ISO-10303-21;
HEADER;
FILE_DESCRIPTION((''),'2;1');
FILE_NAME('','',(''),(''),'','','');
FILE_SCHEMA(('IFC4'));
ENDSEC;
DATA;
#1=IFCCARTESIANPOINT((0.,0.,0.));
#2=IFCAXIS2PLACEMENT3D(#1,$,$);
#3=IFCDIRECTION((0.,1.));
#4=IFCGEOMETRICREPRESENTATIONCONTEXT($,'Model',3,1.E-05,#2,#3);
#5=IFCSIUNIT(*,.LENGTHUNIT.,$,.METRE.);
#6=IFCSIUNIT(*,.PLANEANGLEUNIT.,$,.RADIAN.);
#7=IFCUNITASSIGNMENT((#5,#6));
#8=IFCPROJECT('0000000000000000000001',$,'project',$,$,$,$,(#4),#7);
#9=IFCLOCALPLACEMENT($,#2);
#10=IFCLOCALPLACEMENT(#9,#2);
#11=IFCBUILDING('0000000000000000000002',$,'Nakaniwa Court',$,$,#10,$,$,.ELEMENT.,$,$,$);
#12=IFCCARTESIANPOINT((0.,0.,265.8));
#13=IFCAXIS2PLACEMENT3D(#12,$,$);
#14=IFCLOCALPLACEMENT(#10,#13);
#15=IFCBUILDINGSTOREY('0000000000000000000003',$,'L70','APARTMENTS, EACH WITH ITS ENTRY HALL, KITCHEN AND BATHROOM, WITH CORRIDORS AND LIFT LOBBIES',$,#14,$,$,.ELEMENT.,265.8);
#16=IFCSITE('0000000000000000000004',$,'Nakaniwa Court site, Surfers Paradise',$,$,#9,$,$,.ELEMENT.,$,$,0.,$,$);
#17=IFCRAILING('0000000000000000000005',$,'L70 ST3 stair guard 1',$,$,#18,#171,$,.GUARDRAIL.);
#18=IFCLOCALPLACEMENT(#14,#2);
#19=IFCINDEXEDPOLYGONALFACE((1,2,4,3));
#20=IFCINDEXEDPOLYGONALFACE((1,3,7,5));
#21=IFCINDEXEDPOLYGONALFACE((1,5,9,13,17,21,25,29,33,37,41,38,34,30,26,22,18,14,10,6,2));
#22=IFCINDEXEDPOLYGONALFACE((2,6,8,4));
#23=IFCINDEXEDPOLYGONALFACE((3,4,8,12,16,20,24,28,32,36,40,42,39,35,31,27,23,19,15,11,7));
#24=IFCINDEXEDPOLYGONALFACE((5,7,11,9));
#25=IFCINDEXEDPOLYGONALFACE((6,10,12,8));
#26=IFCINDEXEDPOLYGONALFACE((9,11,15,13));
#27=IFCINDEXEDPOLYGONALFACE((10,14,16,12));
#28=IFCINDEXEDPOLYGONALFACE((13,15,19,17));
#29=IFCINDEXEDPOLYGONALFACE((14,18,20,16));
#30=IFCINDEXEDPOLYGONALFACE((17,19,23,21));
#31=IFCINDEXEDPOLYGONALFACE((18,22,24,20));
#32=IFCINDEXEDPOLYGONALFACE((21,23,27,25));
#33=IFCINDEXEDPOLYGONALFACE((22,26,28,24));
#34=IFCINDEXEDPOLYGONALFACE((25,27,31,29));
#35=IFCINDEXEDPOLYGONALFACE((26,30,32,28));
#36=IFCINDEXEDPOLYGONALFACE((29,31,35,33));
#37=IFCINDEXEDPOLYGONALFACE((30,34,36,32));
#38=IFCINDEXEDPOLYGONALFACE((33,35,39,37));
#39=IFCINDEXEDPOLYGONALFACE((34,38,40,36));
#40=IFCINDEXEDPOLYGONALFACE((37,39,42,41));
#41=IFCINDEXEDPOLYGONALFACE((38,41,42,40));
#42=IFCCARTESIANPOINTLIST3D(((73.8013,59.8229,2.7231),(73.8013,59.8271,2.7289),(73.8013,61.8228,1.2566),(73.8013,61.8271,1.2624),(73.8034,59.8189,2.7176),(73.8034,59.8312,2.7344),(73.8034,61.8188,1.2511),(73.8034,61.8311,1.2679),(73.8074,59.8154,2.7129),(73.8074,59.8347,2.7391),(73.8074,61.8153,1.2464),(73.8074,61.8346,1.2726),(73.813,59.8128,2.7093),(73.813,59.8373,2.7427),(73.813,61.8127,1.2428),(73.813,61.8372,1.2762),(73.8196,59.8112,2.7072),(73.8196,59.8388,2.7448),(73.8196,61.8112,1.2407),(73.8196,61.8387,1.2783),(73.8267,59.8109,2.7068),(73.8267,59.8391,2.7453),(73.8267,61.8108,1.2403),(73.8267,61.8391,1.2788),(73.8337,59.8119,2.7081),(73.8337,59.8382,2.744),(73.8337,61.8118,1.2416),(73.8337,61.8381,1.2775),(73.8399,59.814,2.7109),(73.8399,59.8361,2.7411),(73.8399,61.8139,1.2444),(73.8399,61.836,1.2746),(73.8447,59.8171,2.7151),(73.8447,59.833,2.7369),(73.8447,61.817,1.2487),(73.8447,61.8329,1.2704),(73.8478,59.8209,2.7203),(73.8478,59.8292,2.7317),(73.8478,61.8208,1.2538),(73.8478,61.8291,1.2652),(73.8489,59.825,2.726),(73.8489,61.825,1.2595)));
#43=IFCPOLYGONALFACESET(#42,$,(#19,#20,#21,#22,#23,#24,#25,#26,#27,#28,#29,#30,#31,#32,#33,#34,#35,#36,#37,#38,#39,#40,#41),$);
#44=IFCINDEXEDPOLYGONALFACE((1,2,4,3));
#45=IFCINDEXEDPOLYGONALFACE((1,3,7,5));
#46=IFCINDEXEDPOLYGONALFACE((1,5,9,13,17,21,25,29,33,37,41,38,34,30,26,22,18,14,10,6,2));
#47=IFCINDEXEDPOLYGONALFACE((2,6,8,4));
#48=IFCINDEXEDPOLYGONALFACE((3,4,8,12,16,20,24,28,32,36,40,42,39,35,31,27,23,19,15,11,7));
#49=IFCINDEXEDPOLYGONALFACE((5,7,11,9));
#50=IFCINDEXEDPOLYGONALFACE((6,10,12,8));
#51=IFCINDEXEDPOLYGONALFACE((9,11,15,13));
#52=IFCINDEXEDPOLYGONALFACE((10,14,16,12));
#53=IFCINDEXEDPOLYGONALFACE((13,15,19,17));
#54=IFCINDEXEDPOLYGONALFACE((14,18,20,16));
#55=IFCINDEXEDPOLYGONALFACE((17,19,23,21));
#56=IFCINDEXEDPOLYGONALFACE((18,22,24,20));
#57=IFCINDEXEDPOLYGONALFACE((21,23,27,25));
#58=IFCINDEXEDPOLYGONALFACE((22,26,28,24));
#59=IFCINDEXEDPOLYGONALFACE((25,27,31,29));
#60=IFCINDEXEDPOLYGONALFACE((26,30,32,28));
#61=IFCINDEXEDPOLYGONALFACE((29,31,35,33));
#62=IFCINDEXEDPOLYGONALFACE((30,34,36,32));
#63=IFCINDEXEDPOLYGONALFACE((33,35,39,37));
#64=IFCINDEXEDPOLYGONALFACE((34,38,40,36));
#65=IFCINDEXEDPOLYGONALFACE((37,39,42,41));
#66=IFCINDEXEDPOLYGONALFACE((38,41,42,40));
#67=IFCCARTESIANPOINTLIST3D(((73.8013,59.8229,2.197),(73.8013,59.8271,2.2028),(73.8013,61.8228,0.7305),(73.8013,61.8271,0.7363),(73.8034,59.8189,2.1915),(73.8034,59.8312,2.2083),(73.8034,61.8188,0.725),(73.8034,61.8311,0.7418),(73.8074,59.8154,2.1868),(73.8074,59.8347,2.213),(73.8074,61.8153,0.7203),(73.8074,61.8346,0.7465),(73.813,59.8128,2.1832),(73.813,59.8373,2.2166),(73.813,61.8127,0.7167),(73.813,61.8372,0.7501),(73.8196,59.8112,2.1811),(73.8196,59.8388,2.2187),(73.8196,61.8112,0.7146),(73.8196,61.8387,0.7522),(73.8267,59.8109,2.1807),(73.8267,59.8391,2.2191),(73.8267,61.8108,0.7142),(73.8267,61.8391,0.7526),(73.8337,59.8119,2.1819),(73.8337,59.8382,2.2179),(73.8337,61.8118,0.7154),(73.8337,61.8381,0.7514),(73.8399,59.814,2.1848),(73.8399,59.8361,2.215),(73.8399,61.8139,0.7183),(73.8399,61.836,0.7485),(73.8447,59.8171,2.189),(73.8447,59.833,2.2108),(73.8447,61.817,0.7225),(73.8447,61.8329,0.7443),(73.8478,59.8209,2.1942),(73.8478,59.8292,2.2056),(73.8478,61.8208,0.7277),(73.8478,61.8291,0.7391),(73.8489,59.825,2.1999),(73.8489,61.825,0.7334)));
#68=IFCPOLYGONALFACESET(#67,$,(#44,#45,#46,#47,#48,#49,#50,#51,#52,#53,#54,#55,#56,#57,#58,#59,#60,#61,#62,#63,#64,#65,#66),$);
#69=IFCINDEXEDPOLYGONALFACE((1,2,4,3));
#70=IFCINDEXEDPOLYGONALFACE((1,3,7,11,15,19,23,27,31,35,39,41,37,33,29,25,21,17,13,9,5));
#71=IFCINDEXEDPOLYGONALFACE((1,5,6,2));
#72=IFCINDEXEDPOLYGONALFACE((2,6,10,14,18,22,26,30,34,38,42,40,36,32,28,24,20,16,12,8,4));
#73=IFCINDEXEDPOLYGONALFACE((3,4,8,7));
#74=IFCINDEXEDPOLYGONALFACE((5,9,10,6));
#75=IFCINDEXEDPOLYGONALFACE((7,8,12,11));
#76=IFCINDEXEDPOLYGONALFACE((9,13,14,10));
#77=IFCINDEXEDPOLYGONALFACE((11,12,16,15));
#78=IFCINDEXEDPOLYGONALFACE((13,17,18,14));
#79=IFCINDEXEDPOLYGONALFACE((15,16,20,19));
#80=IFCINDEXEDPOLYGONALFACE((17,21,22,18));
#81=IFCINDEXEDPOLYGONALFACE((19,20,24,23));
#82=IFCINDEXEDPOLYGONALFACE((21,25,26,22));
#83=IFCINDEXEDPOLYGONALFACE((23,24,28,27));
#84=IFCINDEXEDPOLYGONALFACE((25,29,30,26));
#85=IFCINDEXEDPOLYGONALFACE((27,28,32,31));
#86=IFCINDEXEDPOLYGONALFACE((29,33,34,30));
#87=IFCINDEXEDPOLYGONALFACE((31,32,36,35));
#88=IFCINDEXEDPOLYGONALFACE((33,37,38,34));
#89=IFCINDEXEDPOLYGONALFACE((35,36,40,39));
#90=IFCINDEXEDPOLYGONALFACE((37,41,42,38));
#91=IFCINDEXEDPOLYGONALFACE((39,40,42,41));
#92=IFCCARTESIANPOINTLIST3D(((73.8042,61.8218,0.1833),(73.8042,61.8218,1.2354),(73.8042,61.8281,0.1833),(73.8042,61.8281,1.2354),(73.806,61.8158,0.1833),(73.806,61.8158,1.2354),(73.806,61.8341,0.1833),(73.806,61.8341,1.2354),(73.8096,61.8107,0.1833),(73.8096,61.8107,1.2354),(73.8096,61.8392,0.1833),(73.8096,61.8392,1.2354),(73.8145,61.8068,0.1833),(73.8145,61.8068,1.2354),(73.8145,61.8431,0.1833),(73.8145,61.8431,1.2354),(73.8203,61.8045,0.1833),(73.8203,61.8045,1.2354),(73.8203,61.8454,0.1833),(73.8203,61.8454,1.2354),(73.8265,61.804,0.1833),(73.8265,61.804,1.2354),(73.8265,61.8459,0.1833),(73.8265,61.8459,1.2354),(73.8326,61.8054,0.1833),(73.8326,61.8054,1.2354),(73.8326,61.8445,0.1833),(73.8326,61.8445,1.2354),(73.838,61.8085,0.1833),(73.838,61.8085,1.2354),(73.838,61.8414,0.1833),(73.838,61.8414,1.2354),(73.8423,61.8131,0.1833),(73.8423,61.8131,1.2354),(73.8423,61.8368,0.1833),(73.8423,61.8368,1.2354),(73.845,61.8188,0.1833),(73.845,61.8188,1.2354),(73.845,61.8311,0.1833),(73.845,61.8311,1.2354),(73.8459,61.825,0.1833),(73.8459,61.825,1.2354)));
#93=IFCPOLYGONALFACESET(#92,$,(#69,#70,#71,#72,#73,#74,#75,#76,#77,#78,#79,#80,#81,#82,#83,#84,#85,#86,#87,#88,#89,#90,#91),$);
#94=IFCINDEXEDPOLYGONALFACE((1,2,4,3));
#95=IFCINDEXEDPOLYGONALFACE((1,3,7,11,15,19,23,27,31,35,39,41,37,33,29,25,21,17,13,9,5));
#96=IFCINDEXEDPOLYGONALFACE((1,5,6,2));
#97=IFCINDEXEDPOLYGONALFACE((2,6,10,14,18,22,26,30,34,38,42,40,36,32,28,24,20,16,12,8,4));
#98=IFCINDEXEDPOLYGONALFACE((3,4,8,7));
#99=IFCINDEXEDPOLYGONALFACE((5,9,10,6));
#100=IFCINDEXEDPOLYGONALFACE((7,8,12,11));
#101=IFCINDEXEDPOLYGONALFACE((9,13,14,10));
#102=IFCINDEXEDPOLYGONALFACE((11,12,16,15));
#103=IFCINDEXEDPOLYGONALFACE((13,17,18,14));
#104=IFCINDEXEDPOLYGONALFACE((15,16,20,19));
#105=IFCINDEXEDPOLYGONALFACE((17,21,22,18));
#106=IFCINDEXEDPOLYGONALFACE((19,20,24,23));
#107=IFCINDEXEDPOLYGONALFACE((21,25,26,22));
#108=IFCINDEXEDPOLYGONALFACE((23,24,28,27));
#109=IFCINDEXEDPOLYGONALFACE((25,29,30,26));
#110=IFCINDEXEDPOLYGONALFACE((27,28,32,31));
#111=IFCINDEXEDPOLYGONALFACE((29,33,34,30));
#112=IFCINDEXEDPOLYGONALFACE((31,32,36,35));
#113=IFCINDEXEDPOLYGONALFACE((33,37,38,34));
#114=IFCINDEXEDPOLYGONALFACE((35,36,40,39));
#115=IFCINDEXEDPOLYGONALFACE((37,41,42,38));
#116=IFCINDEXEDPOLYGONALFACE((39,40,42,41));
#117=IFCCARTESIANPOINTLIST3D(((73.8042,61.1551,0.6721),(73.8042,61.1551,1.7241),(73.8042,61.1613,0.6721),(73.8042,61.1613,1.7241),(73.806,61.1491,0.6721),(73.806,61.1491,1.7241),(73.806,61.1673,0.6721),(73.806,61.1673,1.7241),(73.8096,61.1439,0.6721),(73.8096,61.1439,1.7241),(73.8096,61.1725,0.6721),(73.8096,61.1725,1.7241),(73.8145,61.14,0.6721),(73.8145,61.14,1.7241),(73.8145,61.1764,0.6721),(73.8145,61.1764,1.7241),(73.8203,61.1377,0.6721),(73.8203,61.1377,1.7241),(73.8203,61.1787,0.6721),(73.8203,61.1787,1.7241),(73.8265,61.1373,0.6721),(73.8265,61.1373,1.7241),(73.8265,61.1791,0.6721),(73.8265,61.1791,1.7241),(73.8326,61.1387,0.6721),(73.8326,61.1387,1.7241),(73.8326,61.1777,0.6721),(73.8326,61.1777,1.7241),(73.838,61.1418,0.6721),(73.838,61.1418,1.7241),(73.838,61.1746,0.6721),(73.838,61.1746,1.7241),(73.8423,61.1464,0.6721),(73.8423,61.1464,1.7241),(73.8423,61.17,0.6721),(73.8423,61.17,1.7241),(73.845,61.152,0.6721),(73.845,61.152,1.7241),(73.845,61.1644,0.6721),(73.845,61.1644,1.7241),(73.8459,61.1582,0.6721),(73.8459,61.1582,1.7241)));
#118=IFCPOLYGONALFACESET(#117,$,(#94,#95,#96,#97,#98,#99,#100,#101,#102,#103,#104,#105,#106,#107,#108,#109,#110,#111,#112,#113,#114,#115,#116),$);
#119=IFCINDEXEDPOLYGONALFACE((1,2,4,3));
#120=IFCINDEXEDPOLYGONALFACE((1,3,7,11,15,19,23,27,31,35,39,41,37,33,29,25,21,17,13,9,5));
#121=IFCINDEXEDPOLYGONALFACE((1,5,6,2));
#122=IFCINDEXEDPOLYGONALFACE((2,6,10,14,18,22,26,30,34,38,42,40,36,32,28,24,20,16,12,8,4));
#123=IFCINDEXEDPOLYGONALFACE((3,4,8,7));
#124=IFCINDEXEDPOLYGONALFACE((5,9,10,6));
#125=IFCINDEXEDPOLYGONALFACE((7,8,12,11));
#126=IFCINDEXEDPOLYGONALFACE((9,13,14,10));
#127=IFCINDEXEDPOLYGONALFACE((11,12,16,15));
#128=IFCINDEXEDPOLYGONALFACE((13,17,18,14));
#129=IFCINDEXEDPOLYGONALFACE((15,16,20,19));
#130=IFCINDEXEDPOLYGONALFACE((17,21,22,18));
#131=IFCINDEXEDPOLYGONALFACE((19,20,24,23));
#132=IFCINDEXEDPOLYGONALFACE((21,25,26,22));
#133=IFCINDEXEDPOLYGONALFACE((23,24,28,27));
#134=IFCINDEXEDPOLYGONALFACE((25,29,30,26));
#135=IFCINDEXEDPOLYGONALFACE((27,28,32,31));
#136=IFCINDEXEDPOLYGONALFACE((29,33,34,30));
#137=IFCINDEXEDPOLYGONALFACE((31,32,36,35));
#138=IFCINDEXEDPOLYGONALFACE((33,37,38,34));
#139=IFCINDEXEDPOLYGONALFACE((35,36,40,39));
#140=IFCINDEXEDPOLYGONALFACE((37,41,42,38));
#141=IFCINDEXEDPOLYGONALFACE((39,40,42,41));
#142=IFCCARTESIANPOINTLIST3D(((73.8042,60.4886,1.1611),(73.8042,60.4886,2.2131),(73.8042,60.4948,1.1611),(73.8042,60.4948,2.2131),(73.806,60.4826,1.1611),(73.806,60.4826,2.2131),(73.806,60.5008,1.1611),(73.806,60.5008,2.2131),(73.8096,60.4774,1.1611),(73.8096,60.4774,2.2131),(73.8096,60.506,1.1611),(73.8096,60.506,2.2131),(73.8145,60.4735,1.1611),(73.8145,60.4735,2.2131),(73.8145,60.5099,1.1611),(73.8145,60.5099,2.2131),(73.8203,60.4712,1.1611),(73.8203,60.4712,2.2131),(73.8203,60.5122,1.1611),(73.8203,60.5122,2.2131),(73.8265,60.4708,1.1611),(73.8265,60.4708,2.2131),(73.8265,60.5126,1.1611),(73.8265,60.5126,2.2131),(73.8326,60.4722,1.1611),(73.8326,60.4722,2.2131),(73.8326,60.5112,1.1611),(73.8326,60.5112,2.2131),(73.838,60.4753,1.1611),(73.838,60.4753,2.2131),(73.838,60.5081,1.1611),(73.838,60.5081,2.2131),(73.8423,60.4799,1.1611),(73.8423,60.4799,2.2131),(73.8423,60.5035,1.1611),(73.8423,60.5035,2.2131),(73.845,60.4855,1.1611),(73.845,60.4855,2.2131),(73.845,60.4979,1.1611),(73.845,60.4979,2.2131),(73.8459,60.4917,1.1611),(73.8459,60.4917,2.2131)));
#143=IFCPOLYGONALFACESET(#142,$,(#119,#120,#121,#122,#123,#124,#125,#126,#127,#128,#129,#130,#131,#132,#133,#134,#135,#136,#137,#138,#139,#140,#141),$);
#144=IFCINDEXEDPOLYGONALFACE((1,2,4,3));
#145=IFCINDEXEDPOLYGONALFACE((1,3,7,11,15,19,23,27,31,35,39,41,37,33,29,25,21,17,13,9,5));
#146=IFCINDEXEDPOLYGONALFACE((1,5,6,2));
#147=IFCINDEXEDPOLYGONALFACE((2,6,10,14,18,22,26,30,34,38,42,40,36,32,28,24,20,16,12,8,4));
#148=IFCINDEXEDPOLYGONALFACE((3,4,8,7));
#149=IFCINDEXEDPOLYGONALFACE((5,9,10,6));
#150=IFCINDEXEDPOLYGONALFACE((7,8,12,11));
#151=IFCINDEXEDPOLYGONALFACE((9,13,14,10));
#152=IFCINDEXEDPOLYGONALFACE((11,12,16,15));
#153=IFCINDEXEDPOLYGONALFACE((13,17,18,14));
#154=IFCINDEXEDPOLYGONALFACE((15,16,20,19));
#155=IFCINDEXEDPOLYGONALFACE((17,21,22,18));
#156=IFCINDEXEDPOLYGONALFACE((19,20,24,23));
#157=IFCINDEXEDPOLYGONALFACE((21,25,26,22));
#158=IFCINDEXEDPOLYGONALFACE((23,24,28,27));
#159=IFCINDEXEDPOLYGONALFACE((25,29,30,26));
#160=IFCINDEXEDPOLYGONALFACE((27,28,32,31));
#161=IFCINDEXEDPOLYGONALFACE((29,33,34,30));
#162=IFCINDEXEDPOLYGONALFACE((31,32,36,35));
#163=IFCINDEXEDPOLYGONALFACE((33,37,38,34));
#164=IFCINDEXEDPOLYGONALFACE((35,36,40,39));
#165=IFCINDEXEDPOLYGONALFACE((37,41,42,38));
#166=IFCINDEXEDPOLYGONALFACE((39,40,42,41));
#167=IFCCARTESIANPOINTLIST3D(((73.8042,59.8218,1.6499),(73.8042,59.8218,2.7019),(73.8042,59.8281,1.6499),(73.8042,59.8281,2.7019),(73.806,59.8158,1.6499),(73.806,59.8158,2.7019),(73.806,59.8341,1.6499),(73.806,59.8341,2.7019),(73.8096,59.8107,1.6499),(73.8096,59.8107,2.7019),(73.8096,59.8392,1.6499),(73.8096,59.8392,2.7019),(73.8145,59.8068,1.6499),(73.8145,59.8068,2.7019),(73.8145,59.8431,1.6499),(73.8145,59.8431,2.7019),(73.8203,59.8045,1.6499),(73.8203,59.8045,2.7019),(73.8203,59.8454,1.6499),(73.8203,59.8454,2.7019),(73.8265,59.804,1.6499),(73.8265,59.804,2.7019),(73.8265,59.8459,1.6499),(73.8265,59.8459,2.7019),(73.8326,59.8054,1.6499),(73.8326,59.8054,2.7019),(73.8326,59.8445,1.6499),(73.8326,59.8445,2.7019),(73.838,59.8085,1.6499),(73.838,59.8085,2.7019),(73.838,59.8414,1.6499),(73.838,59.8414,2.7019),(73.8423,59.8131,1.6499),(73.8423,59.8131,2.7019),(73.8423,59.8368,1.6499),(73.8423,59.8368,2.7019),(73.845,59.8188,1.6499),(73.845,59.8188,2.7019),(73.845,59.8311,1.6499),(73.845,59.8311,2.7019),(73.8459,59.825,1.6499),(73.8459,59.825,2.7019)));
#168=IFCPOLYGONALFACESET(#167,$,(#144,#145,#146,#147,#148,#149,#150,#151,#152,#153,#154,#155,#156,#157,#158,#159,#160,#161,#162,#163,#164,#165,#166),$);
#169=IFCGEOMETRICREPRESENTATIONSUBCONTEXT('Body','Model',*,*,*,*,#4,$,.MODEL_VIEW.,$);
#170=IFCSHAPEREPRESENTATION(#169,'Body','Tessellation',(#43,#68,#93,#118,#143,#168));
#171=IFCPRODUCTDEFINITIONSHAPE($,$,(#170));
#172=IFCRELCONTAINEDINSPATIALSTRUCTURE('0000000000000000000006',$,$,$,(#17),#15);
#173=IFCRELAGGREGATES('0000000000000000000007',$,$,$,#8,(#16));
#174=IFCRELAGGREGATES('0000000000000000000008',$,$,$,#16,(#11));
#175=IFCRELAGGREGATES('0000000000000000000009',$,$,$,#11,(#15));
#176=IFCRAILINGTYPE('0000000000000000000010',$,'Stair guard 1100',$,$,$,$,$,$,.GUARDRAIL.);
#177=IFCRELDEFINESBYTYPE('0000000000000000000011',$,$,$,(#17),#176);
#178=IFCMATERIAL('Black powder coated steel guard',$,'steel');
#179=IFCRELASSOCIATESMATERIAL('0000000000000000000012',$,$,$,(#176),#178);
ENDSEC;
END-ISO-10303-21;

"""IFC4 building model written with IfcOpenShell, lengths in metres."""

from ifc_helpers import new_model, si_unit, direction, frame, origin, origin_2d, place, context, subcontext, project, spatial, circle, extrude, material, type_object, element, save


model = new_model("IFC4")

# Units and contexts
model_context = context("Model", 3, precision=1e-05, world=origin(), true_north=direction((0.0, 1.0)))
body_context = subcontext(model_context, "Body", "Model", "MODEL_VIEW")
ifc_project = project(units=[si_unit("LENGTHUNIT", "METRE"), si_unit("PLANEANGLEUNIT", "RADIAN")], contexts=[model_context])

# Site, building, storey
site_placement = place(None, origin())
site = spatial("IfcSite", under=ifc_project, at=site_placement, Name="Nakaniwa Court site, Surfers Paradise", CompositionType="ELEMENT", RefElevation=0.0)
building_placement = place(site_placement, origin())
building = spatial("IfcBuilding", under=site, at=building_placement, Name="Nakaniwa Court", CompositionType="ELEMENT")
storey_placement = place(building_placement, frame((0.0, 0.0, 265.8)))
storey = spatial("IfcBuildingStorey", under=building, at=storey_placement, Name="L70", Description="APARTMENTS, EACH WITH ITS ENTRY HALL, KITCHEN AND BATHROOM, WITH CORRIDORS AND LIFT LOBBIES", CompositionType="ELEMENT", Elevation=265.8)

# Railing
ifc_material_1 = material(Name="Black powder coated steel guard", Category="steel")
railing_type_1 = type_object("IfcRailingType", Name="Stair guard 1100", PredefinedType="GUARDRAIL", material=ifc_material_1)
railing_1_placement = place(storey_placement, frame((73.825, 61.825, 0.1833)))
element("IfcRailing", 1, at=railing_1_placement, inside=storey, type_object=railing_type_1, Name="L70 ST3 stair guard 1", PredefinedType="GUARDRAIL", context=body_context, shape_type="SweptSolid", body=[
    extrude(circle(Radius=0.0239, at=origin_2d()), frame((0.0, 0.0, 1.0762), z_axis=(0.0, -0.806427, 0.591334), x_axis=(1.0, 0.0, 0.0)), (0.0, 0.0, 1.0), 2.48),
    extrude(circle(Radius=0.0239, at=origin_2d()), frame((0.0, 0.0, 0.55), z_axis=(0.0, -0.806427, 0.591334), x_axis=(1.0, 0.0, 0.0)), (0.0, 0.0, 1.0), 2.48),
    extrude(circle(Radius=0.021, at=origin_2d()), origin(), (0.0, 0.0, 1.0), 1.052),
    extrude(circle(Radius=0.021, at=origin_2d()), frame((0.0, -0.6667, 0.4888)), (0.0, 0.0, 1.0), 1.052),
    extrude(circle(Radius=0.021, at=origin_2d()), frame((0.0, -1.3333, 0.9778)), (0.0, 0.0, 1.0), 1.052),
    extrude(circle(Radius=0.021, at=origin_2d()), frame((0.0, -2.0, 1.4666)), (0.0, 0.0, 1.0), 1.052),
])

save(model, "model.ifc")
